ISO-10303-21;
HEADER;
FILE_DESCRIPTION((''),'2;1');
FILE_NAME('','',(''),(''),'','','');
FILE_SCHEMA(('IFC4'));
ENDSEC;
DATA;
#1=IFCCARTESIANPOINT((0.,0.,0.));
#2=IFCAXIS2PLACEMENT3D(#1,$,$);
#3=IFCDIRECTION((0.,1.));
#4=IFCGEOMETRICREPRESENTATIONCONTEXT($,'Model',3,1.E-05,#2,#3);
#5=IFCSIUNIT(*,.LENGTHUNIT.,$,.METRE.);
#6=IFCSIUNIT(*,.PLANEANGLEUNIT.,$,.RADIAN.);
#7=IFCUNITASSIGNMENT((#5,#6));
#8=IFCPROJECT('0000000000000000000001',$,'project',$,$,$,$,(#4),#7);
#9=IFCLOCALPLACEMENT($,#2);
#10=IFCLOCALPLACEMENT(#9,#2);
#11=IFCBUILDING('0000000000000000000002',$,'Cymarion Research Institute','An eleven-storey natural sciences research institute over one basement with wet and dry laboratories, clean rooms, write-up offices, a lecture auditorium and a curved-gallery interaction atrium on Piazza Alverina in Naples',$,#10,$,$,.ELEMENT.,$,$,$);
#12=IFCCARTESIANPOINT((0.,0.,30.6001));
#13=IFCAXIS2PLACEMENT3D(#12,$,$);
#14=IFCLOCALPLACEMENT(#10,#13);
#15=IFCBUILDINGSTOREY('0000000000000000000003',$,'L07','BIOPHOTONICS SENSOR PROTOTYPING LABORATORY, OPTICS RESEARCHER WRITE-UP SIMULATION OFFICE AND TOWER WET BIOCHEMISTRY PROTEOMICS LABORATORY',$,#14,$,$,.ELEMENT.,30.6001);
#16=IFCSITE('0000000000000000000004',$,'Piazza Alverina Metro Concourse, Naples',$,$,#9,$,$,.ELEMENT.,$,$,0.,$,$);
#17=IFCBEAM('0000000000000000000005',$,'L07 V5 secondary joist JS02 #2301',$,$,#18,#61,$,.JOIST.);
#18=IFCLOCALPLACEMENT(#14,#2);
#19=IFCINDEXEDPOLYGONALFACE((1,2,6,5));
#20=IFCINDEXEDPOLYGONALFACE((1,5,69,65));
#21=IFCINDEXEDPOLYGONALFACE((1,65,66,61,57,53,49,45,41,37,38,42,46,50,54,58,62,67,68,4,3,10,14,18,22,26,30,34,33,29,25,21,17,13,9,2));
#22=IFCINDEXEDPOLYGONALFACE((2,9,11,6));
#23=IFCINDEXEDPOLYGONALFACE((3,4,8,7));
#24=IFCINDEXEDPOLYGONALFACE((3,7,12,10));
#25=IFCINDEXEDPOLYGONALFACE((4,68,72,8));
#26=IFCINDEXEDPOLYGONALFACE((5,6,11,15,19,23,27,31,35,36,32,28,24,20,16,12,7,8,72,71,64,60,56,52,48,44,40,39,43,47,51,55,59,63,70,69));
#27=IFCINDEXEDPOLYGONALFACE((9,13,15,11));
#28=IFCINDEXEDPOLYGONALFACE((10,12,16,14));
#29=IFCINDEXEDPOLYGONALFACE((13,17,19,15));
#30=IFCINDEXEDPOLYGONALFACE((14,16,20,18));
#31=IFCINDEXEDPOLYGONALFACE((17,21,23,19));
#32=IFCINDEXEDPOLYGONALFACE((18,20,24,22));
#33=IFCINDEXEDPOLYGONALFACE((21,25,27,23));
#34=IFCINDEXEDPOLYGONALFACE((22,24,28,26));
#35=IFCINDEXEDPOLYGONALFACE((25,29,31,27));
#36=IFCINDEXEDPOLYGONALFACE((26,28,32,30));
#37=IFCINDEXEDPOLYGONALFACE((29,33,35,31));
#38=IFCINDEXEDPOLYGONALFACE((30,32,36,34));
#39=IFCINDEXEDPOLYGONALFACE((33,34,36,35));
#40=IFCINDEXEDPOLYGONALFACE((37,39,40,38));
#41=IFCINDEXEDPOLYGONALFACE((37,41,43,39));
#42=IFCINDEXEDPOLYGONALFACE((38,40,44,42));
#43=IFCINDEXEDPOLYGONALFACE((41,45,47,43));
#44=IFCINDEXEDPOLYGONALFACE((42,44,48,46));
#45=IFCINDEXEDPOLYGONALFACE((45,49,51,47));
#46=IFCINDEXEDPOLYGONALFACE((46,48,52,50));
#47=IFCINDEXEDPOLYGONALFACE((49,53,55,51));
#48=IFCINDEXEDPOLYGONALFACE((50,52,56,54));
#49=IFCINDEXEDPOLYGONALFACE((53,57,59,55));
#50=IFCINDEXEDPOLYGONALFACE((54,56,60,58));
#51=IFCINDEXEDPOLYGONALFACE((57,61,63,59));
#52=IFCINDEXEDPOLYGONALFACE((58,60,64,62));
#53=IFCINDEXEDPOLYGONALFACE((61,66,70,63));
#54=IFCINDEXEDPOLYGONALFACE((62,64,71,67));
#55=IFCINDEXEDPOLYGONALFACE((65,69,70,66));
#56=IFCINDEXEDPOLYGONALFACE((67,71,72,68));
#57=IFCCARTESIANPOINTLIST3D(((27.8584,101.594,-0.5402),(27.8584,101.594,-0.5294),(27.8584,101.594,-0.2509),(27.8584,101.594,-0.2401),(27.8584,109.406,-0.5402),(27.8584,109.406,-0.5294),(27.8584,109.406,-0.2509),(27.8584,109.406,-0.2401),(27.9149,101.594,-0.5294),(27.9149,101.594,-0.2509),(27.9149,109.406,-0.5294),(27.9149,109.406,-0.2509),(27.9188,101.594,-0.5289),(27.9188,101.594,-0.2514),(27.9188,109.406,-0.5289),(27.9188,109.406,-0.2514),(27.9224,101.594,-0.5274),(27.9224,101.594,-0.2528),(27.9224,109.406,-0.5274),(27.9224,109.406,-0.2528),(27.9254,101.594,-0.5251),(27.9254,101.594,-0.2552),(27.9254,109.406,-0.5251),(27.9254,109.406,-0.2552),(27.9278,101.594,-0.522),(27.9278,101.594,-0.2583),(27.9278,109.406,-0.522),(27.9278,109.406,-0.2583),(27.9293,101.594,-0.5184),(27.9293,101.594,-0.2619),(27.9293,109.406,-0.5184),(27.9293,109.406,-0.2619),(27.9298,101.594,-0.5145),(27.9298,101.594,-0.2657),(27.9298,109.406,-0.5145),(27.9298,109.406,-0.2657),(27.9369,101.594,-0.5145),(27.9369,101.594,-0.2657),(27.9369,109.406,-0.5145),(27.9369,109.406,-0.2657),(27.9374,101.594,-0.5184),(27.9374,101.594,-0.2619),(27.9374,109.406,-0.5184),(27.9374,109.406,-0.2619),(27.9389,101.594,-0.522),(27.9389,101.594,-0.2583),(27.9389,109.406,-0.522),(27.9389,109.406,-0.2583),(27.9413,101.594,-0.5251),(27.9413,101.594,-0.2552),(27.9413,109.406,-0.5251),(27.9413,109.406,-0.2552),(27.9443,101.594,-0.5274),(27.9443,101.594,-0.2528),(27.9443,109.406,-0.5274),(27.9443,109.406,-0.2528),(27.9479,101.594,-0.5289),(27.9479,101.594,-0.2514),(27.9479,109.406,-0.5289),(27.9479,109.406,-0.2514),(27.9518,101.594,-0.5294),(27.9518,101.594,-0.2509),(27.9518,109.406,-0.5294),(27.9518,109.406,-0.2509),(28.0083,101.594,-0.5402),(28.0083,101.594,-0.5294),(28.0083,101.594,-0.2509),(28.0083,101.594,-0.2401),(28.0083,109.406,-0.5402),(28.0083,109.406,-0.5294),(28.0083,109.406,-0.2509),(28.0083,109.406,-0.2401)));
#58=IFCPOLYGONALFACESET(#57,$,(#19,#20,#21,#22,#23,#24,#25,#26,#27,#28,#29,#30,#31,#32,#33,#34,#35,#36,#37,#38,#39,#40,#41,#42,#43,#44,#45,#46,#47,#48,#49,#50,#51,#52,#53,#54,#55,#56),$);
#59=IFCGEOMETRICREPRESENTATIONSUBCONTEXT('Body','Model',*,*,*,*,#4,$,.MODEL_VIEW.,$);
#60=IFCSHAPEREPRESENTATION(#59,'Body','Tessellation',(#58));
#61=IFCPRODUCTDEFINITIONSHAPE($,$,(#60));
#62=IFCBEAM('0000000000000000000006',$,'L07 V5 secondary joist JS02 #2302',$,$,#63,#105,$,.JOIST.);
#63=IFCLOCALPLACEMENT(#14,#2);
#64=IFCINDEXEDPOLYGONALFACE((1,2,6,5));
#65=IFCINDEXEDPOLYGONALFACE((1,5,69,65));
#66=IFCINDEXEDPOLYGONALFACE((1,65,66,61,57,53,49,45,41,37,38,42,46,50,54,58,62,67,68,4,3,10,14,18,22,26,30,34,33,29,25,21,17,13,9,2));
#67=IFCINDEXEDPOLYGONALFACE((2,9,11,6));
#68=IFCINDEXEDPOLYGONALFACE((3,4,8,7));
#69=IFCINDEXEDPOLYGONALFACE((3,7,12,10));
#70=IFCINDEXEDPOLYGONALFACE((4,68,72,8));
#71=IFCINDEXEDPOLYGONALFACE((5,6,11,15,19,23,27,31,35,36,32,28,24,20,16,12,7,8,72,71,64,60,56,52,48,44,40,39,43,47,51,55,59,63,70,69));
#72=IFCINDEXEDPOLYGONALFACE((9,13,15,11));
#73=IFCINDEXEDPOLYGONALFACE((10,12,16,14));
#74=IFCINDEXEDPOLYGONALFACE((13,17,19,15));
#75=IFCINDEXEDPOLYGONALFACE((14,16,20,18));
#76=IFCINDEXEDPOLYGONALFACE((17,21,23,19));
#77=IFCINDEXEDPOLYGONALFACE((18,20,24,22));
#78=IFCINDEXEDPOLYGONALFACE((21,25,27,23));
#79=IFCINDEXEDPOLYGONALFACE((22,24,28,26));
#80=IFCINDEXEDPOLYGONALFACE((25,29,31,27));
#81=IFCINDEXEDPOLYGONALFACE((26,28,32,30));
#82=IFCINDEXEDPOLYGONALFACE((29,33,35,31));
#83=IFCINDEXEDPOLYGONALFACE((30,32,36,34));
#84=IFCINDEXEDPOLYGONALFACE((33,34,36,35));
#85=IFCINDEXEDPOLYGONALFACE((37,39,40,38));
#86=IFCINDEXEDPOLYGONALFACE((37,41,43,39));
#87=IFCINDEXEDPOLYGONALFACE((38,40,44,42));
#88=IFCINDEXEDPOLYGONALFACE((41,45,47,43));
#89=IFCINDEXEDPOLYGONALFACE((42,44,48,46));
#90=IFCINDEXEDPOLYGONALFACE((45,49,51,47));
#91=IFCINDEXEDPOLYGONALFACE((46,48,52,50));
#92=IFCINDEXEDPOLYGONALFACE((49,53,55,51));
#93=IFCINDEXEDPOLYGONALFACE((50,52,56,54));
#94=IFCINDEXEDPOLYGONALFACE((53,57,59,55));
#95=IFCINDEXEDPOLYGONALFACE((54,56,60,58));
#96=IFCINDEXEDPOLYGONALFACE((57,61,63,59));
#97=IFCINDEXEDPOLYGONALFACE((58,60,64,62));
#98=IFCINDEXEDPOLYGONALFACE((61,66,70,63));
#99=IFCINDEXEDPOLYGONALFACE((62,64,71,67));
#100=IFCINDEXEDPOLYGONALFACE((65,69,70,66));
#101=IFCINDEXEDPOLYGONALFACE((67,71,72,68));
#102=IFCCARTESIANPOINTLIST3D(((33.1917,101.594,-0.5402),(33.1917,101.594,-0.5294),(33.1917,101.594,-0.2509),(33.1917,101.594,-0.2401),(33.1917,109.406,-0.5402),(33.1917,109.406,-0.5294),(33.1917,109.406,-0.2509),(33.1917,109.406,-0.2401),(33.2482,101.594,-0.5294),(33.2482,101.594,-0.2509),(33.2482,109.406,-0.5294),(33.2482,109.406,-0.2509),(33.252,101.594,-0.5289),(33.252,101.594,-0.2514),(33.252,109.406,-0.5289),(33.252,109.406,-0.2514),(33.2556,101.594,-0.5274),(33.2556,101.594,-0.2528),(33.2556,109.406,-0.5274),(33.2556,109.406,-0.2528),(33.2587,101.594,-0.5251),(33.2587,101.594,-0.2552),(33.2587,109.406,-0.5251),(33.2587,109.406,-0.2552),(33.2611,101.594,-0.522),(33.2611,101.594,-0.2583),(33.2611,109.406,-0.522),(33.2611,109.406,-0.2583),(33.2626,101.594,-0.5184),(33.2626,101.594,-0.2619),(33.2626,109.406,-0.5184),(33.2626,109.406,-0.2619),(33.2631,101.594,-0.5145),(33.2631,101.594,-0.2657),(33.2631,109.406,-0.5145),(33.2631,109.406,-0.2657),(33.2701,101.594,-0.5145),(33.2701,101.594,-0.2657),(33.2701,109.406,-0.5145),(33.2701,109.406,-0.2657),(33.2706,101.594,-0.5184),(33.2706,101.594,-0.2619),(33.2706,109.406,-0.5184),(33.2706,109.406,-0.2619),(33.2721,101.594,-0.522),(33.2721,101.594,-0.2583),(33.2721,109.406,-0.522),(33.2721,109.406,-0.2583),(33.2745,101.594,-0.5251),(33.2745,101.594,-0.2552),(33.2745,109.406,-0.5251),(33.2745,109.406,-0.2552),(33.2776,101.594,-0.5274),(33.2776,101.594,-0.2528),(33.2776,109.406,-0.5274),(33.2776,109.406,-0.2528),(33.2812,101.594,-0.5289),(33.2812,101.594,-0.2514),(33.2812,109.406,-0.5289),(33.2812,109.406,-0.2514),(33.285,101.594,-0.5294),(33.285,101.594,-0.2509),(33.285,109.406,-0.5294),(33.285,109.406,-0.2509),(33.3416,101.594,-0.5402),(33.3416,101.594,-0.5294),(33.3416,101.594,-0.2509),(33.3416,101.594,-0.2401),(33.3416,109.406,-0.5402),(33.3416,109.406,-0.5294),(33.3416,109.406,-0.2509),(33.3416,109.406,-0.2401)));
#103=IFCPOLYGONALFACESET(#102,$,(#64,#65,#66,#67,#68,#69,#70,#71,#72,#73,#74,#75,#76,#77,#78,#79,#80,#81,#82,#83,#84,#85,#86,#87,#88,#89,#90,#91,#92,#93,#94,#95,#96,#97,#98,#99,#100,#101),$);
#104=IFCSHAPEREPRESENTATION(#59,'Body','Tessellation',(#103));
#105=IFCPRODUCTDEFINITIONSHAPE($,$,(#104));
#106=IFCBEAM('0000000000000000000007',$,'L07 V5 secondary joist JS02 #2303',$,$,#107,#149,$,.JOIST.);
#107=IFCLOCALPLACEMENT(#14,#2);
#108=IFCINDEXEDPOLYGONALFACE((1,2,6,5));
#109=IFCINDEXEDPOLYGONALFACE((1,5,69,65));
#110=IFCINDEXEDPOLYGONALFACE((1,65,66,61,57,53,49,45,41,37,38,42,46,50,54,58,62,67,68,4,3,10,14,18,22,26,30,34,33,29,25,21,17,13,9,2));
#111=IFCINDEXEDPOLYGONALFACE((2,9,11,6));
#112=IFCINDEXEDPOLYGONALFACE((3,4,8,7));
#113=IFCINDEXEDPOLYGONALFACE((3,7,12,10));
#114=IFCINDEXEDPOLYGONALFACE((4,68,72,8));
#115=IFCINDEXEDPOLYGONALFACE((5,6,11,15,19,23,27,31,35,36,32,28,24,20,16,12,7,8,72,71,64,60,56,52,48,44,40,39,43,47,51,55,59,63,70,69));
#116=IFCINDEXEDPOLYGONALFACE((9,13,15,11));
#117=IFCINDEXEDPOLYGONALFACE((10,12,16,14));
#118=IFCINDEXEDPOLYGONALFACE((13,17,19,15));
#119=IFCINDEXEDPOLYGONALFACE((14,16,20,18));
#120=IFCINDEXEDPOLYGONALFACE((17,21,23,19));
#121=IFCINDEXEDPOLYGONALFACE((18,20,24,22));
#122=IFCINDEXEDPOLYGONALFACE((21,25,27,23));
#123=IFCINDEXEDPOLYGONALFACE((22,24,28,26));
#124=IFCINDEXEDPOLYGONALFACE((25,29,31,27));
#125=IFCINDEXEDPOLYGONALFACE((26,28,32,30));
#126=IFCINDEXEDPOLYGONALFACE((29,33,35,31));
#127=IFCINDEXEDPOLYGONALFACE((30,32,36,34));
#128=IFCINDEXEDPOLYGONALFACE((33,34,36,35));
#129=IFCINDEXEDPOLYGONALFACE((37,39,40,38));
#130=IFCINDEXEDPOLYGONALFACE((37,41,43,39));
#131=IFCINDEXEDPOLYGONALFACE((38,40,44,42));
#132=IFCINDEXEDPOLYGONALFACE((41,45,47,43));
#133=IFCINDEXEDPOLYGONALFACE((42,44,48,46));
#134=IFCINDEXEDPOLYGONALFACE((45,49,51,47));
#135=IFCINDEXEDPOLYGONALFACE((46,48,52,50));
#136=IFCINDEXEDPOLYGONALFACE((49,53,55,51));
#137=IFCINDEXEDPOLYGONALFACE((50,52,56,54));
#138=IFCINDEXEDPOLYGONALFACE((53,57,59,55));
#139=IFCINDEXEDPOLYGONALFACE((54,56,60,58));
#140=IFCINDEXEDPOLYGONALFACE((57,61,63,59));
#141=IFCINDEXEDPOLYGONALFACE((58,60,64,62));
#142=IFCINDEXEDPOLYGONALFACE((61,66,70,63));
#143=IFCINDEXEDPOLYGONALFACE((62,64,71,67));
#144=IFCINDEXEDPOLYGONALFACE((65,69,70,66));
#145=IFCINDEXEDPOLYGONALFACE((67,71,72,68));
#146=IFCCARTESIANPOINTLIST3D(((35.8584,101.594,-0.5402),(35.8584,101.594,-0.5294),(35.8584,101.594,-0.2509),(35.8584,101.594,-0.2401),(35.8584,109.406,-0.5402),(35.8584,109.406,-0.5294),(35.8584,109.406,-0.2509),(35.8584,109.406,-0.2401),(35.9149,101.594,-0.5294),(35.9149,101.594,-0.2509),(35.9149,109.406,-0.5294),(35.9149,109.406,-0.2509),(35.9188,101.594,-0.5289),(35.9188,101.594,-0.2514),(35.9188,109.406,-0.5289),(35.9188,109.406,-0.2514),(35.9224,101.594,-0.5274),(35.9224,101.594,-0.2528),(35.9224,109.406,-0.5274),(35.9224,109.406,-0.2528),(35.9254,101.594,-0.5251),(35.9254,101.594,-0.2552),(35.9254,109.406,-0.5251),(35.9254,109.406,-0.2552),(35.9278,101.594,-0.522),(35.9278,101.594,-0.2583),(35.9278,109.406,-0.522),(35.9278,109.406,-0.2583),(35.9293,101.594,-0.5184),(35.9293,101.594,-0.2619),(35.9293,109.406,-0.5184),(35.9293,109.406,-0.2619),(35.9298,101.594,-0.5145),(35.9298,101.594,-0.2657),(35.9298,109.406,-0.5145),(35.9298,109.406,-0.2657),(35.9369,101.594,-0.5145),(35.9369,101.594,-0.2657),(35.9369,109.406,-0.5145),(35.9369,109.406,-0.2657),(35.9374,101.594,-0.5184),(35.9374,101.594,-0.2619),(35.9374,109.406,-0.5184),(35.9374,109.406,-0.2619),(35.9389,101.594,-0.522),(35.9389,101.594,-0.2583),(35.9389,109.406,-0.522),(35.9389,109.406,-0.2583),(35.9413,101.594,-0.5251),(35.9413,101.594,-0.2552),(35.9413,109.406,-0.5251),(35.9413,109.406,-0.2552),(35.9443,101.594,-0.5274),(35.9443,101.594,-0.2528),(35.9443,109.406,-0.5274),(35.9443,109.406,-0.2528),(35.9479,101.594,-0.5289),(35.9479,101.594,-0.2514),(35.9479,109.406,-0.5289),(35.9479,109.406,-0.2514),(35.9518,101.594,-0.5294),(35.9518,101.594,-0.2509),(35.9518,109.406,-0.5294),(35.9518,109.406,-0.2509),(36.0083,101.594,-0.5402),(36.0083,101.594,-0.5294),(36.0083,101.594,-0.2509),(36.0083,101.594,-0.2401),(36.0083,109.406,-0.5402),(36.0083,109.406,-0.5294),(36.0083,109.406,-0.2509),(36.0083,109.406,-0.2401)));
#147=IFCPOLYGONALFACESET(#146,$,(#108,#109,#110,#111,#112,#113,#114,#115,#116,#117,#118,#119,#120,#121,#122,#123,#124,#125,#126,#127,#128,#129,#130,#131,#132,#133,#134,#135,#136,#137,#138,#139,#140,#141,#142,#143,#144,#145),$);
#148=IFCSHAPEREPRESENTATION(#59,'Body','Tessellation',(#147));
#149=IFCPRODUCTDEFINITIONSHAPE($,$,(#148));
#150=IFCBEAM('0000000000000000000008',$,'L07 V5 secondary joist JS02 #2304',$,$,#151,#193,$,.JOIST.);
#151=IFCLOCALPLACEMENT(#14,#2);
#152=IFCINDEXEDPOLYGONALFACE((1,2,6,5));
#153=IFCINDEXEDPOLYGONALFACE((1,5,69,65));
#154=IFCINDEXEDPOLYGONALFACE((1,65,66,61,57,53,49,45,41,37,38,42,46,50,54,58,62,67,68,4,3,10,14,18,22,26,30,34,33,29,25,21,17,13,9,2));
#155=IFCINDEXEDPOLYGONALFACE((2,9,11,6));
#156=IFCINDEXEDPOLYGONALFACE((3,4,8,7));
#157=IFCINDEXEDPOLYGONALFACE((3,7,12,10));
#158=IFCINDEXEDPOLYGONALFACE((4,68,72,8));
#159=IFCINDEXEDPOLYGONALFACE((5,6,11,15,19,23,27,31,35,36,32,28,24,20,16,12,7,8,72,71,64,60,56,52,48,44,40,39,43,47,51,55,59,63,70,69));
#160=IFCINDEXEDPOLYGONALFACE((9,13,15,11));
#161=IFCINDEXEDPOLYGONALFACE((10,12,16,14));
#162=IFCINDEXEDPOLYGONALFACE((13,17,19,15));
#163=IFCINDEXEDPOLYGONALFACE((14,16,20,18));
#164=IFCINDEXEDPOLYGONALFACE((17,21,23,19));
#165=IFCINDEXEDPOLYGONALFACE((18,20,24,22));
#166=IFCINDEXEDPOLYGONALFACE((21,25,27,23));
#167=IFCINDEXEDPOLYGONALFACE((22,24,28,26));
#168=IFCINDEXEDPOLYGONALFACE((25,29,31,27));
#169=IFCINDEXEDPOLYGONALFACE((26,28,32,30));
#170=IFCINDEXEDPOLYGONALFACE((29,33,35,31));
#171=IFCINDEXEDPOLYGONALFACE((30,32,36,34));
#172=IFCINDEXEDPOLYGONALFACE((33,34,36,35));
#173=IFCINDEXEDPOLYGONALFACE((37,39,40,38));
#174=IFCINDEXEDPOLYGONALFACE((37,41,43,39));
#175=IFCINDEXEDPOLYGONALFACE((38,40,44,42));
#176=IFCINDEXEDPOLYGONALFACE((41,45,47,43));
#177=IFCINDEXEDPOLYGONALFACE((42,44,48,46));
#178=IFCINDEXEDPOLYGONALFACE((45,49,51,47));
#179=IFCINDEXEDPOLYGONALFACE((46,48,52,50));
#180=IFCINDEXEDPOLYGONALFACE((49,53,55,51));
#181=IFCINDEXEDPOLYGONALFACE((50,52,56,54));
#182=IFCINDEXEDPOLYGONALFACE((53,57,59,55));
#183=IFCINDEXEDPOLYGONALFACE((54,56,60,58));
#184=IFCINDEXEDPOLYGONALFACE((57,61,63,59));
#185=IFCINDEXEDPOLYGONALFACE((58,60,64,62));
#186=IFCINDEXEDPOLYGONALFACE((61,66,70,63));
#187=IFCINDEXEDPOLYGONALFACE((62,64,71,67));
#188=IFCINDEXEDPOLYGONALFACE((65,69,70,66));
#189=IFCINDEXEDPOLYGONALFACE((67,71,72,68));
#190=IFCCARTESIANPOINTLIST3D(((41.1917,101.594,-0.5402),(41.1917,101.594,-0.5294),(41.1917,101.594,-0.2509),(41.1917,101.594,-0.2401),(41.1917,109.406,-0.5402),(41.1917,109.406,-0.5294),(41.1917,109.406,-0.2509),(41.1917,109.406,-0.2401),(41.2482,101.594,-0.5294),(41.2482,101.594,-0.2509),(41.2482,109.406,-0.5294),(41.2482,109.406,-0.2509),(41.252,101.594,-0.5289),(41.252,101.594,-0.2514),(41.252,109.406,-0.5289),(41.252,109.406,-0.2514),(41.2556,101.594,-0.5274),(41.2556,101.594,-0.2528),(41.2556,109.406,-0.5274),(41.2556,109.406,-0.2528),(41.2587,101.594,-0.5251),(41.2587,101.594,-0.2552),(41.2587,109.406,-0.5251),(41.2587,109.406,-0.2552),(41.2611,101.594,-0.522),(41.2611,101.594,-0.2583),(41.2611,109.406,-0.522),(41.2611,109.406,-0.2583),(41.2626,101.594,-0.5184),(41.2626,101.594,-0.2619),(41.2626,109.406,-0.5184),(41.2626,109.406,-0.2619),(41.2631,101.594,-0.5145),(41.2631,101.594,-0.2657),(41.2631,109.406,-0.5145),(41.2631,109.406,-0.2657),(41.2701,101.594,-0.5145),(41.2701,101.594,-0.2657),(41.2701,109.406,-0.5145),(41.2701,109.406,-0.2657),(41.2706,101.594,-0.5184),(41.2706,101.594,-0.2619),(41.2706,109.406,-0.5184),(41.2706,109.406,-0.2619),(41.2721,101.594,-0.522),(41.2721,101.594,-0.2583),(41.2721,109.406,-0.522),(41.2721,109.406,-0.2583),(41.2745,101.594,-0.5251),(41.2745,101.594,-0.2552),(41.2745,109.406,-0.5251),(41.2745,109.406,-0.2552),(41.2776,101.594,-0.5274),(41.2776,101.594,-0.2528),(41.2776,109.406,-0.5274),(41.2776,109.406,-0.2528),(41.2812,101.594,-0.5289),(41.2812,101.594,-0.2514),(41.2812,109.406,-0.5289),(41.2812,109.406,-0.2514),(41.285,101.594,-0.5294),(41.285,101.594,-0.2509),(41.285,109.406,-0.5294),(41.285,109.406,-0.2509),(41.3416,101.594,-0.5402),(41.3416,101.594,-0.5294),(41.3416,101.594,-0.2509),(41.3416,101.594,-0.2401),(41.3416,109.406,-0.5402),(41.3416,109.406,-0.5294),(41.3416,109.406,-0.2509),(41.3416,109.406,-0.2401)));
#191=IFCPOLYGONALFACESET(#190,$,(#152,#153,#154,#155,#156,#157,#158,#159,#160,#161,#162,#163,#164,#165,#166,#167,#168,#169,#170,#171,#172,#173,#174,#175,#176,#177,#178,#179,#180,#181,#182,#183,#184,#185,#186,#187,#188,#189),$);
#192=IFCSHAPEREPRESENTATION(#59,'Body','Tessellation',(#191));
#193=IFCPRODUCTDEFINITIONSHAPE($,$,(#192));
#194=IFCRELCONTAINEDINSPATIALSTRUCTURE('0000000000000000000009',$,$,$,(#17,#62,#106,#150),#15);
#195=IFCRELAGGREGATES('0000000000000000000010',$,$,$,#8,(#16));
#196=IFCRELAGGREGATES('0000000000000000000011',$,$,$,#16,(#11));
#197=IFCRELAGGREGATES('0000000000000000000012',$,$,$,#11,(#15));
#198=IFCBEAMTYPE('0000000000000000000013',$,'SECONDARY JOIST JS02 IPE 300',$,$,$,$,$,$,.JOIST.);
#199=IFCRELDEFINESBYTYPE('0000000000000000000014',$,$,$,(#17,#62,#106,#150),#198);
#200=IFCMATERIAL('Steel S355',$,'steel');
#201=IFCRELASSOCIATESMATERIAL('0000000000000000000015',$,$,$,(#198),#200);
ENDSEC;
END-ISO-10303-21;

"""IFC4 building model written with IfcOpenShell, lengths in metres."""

from ifc_helpers import new_model, si_unit, direction, frame, origin, origin_2d, place, context, subcontext, project, spatial, i_section, extrude, material, material_profile, profile_set, type_object, element, save


model = new_model("IFC4")

# Units and contexts
model_context = context("Model", 3, precision=1e-05, world=origin(), true_north=direction((0.0, 1.0)))
body_context = subcontext(model_context, "Body", "Model", "MODEL_VIEW")
ifc_project = project(units=[si_unit("LENGTHUNIT", "METRE"), si_unit("PLANEANGLEUNIT", "RADIAN")], contexts=[model_context])

# Site, building, storey
site_placement = place(None, origin())
site = spatial("IfcSite", under=ifc_project, at=site_placement, Name="Piazza Alverina Metro Concourse, Naples", CompositionType="ELEMENT", RefElevation=0.0)
building_placement = place(site_placement, origin())
building = spatial("IfcBuilding", under=site, at=building_placement, Name="Cymarion Research Institute", Description="An eleven-storey natural sciences research institute over one basement with wet and dry laboratories, clean rooms, write-up offices, a lecture auditorium and a curved-gallery interaction atrium on Piazza Alverina in Naples", CompositionType="ELEMENT")
storey_placement = place(building_placement, frame((0.0, 0.0, 30.6001)))
storey = spatial("IfcBuildingStorey", under=building, at=storey_placement, Name="L07", Description="BIOPHOTONICS SENSOR PROTOTYPING LABORATORY, OPTICS RESEARCHER WRITE-UP SIMULATION OFFICE AND TOWER WET BIOCHEMISTRY PROTEOMICS LABORATORY", CompositionType="ELEMENT", Elevation=30.6001)

# Beams
ifc_material_1 = material(Name="Steel S355", Category="steel")
ifc_material_profile_1 = material_profile(ifc_material_1, i_section(OverallWidth=0.1499, OverallDepth=0.3, WebThickness=0.0071, FlangeThickness=0.0107, FilletRadius=0.0149, at=origin_2d()), Name="IPE 300")
ifc_profile_set_1 = profile_set([ifc_material_profile_1], Name="Steel S355")
beam_type_1 = type_object("IfcBeamType", Name="SECONDARY JOIST JS02 IPE 300", PredefinedType="JOIST", material=ifc_profile_set_1)
for number, where, z_axis, x_axis, name in (
    (1, (27.9333, 101.594, -0.3901), (0.0, 1.0, 0.0), (-1.0, 0.0, 0.0), "L07 V5 secondary joist JS02 #2301"),
    (2, (33.2666, 101.594, -0.3901), (0.0, 1.0, 0.0), (-1.0, 0.0, 0.0), "L07 V5 secondary joist JS02 #2302"),
    (3, (35.9333, 101.594, -0.3901), (0.0, 1.0, 0.0), (-1.0, 0.0, 0.0), "L07 V5 secondary joist JS02 #2303"),
    (4, (41.2666, 101.594, -0.3901), (0.0, 1.0, 0.0), (-1.0, 0.0, 0.0), "L07 V5 secondary joist JS02 #2304"),
):
    element("IfcBeam", number, at=place(storey_placement, frame(where, z_axis=z_axis, x_axis=x_axis)), inside=storey, type_object=beam_type_1, Name=name, PredefinedType="JOIST", context=body_context, shape_type="SweptSolid", body=[
        extrude(i_section(OverallWidth=0.1499, OverallDepth=0.3, WebThickness=0.0071, FlangeThickness=0.0107, FilletRadius=0.0149, at=origin_2d()), origin(), (0.0, 0.0, 1.0), 7.812),
    ])

save(model, "model.ifc")
